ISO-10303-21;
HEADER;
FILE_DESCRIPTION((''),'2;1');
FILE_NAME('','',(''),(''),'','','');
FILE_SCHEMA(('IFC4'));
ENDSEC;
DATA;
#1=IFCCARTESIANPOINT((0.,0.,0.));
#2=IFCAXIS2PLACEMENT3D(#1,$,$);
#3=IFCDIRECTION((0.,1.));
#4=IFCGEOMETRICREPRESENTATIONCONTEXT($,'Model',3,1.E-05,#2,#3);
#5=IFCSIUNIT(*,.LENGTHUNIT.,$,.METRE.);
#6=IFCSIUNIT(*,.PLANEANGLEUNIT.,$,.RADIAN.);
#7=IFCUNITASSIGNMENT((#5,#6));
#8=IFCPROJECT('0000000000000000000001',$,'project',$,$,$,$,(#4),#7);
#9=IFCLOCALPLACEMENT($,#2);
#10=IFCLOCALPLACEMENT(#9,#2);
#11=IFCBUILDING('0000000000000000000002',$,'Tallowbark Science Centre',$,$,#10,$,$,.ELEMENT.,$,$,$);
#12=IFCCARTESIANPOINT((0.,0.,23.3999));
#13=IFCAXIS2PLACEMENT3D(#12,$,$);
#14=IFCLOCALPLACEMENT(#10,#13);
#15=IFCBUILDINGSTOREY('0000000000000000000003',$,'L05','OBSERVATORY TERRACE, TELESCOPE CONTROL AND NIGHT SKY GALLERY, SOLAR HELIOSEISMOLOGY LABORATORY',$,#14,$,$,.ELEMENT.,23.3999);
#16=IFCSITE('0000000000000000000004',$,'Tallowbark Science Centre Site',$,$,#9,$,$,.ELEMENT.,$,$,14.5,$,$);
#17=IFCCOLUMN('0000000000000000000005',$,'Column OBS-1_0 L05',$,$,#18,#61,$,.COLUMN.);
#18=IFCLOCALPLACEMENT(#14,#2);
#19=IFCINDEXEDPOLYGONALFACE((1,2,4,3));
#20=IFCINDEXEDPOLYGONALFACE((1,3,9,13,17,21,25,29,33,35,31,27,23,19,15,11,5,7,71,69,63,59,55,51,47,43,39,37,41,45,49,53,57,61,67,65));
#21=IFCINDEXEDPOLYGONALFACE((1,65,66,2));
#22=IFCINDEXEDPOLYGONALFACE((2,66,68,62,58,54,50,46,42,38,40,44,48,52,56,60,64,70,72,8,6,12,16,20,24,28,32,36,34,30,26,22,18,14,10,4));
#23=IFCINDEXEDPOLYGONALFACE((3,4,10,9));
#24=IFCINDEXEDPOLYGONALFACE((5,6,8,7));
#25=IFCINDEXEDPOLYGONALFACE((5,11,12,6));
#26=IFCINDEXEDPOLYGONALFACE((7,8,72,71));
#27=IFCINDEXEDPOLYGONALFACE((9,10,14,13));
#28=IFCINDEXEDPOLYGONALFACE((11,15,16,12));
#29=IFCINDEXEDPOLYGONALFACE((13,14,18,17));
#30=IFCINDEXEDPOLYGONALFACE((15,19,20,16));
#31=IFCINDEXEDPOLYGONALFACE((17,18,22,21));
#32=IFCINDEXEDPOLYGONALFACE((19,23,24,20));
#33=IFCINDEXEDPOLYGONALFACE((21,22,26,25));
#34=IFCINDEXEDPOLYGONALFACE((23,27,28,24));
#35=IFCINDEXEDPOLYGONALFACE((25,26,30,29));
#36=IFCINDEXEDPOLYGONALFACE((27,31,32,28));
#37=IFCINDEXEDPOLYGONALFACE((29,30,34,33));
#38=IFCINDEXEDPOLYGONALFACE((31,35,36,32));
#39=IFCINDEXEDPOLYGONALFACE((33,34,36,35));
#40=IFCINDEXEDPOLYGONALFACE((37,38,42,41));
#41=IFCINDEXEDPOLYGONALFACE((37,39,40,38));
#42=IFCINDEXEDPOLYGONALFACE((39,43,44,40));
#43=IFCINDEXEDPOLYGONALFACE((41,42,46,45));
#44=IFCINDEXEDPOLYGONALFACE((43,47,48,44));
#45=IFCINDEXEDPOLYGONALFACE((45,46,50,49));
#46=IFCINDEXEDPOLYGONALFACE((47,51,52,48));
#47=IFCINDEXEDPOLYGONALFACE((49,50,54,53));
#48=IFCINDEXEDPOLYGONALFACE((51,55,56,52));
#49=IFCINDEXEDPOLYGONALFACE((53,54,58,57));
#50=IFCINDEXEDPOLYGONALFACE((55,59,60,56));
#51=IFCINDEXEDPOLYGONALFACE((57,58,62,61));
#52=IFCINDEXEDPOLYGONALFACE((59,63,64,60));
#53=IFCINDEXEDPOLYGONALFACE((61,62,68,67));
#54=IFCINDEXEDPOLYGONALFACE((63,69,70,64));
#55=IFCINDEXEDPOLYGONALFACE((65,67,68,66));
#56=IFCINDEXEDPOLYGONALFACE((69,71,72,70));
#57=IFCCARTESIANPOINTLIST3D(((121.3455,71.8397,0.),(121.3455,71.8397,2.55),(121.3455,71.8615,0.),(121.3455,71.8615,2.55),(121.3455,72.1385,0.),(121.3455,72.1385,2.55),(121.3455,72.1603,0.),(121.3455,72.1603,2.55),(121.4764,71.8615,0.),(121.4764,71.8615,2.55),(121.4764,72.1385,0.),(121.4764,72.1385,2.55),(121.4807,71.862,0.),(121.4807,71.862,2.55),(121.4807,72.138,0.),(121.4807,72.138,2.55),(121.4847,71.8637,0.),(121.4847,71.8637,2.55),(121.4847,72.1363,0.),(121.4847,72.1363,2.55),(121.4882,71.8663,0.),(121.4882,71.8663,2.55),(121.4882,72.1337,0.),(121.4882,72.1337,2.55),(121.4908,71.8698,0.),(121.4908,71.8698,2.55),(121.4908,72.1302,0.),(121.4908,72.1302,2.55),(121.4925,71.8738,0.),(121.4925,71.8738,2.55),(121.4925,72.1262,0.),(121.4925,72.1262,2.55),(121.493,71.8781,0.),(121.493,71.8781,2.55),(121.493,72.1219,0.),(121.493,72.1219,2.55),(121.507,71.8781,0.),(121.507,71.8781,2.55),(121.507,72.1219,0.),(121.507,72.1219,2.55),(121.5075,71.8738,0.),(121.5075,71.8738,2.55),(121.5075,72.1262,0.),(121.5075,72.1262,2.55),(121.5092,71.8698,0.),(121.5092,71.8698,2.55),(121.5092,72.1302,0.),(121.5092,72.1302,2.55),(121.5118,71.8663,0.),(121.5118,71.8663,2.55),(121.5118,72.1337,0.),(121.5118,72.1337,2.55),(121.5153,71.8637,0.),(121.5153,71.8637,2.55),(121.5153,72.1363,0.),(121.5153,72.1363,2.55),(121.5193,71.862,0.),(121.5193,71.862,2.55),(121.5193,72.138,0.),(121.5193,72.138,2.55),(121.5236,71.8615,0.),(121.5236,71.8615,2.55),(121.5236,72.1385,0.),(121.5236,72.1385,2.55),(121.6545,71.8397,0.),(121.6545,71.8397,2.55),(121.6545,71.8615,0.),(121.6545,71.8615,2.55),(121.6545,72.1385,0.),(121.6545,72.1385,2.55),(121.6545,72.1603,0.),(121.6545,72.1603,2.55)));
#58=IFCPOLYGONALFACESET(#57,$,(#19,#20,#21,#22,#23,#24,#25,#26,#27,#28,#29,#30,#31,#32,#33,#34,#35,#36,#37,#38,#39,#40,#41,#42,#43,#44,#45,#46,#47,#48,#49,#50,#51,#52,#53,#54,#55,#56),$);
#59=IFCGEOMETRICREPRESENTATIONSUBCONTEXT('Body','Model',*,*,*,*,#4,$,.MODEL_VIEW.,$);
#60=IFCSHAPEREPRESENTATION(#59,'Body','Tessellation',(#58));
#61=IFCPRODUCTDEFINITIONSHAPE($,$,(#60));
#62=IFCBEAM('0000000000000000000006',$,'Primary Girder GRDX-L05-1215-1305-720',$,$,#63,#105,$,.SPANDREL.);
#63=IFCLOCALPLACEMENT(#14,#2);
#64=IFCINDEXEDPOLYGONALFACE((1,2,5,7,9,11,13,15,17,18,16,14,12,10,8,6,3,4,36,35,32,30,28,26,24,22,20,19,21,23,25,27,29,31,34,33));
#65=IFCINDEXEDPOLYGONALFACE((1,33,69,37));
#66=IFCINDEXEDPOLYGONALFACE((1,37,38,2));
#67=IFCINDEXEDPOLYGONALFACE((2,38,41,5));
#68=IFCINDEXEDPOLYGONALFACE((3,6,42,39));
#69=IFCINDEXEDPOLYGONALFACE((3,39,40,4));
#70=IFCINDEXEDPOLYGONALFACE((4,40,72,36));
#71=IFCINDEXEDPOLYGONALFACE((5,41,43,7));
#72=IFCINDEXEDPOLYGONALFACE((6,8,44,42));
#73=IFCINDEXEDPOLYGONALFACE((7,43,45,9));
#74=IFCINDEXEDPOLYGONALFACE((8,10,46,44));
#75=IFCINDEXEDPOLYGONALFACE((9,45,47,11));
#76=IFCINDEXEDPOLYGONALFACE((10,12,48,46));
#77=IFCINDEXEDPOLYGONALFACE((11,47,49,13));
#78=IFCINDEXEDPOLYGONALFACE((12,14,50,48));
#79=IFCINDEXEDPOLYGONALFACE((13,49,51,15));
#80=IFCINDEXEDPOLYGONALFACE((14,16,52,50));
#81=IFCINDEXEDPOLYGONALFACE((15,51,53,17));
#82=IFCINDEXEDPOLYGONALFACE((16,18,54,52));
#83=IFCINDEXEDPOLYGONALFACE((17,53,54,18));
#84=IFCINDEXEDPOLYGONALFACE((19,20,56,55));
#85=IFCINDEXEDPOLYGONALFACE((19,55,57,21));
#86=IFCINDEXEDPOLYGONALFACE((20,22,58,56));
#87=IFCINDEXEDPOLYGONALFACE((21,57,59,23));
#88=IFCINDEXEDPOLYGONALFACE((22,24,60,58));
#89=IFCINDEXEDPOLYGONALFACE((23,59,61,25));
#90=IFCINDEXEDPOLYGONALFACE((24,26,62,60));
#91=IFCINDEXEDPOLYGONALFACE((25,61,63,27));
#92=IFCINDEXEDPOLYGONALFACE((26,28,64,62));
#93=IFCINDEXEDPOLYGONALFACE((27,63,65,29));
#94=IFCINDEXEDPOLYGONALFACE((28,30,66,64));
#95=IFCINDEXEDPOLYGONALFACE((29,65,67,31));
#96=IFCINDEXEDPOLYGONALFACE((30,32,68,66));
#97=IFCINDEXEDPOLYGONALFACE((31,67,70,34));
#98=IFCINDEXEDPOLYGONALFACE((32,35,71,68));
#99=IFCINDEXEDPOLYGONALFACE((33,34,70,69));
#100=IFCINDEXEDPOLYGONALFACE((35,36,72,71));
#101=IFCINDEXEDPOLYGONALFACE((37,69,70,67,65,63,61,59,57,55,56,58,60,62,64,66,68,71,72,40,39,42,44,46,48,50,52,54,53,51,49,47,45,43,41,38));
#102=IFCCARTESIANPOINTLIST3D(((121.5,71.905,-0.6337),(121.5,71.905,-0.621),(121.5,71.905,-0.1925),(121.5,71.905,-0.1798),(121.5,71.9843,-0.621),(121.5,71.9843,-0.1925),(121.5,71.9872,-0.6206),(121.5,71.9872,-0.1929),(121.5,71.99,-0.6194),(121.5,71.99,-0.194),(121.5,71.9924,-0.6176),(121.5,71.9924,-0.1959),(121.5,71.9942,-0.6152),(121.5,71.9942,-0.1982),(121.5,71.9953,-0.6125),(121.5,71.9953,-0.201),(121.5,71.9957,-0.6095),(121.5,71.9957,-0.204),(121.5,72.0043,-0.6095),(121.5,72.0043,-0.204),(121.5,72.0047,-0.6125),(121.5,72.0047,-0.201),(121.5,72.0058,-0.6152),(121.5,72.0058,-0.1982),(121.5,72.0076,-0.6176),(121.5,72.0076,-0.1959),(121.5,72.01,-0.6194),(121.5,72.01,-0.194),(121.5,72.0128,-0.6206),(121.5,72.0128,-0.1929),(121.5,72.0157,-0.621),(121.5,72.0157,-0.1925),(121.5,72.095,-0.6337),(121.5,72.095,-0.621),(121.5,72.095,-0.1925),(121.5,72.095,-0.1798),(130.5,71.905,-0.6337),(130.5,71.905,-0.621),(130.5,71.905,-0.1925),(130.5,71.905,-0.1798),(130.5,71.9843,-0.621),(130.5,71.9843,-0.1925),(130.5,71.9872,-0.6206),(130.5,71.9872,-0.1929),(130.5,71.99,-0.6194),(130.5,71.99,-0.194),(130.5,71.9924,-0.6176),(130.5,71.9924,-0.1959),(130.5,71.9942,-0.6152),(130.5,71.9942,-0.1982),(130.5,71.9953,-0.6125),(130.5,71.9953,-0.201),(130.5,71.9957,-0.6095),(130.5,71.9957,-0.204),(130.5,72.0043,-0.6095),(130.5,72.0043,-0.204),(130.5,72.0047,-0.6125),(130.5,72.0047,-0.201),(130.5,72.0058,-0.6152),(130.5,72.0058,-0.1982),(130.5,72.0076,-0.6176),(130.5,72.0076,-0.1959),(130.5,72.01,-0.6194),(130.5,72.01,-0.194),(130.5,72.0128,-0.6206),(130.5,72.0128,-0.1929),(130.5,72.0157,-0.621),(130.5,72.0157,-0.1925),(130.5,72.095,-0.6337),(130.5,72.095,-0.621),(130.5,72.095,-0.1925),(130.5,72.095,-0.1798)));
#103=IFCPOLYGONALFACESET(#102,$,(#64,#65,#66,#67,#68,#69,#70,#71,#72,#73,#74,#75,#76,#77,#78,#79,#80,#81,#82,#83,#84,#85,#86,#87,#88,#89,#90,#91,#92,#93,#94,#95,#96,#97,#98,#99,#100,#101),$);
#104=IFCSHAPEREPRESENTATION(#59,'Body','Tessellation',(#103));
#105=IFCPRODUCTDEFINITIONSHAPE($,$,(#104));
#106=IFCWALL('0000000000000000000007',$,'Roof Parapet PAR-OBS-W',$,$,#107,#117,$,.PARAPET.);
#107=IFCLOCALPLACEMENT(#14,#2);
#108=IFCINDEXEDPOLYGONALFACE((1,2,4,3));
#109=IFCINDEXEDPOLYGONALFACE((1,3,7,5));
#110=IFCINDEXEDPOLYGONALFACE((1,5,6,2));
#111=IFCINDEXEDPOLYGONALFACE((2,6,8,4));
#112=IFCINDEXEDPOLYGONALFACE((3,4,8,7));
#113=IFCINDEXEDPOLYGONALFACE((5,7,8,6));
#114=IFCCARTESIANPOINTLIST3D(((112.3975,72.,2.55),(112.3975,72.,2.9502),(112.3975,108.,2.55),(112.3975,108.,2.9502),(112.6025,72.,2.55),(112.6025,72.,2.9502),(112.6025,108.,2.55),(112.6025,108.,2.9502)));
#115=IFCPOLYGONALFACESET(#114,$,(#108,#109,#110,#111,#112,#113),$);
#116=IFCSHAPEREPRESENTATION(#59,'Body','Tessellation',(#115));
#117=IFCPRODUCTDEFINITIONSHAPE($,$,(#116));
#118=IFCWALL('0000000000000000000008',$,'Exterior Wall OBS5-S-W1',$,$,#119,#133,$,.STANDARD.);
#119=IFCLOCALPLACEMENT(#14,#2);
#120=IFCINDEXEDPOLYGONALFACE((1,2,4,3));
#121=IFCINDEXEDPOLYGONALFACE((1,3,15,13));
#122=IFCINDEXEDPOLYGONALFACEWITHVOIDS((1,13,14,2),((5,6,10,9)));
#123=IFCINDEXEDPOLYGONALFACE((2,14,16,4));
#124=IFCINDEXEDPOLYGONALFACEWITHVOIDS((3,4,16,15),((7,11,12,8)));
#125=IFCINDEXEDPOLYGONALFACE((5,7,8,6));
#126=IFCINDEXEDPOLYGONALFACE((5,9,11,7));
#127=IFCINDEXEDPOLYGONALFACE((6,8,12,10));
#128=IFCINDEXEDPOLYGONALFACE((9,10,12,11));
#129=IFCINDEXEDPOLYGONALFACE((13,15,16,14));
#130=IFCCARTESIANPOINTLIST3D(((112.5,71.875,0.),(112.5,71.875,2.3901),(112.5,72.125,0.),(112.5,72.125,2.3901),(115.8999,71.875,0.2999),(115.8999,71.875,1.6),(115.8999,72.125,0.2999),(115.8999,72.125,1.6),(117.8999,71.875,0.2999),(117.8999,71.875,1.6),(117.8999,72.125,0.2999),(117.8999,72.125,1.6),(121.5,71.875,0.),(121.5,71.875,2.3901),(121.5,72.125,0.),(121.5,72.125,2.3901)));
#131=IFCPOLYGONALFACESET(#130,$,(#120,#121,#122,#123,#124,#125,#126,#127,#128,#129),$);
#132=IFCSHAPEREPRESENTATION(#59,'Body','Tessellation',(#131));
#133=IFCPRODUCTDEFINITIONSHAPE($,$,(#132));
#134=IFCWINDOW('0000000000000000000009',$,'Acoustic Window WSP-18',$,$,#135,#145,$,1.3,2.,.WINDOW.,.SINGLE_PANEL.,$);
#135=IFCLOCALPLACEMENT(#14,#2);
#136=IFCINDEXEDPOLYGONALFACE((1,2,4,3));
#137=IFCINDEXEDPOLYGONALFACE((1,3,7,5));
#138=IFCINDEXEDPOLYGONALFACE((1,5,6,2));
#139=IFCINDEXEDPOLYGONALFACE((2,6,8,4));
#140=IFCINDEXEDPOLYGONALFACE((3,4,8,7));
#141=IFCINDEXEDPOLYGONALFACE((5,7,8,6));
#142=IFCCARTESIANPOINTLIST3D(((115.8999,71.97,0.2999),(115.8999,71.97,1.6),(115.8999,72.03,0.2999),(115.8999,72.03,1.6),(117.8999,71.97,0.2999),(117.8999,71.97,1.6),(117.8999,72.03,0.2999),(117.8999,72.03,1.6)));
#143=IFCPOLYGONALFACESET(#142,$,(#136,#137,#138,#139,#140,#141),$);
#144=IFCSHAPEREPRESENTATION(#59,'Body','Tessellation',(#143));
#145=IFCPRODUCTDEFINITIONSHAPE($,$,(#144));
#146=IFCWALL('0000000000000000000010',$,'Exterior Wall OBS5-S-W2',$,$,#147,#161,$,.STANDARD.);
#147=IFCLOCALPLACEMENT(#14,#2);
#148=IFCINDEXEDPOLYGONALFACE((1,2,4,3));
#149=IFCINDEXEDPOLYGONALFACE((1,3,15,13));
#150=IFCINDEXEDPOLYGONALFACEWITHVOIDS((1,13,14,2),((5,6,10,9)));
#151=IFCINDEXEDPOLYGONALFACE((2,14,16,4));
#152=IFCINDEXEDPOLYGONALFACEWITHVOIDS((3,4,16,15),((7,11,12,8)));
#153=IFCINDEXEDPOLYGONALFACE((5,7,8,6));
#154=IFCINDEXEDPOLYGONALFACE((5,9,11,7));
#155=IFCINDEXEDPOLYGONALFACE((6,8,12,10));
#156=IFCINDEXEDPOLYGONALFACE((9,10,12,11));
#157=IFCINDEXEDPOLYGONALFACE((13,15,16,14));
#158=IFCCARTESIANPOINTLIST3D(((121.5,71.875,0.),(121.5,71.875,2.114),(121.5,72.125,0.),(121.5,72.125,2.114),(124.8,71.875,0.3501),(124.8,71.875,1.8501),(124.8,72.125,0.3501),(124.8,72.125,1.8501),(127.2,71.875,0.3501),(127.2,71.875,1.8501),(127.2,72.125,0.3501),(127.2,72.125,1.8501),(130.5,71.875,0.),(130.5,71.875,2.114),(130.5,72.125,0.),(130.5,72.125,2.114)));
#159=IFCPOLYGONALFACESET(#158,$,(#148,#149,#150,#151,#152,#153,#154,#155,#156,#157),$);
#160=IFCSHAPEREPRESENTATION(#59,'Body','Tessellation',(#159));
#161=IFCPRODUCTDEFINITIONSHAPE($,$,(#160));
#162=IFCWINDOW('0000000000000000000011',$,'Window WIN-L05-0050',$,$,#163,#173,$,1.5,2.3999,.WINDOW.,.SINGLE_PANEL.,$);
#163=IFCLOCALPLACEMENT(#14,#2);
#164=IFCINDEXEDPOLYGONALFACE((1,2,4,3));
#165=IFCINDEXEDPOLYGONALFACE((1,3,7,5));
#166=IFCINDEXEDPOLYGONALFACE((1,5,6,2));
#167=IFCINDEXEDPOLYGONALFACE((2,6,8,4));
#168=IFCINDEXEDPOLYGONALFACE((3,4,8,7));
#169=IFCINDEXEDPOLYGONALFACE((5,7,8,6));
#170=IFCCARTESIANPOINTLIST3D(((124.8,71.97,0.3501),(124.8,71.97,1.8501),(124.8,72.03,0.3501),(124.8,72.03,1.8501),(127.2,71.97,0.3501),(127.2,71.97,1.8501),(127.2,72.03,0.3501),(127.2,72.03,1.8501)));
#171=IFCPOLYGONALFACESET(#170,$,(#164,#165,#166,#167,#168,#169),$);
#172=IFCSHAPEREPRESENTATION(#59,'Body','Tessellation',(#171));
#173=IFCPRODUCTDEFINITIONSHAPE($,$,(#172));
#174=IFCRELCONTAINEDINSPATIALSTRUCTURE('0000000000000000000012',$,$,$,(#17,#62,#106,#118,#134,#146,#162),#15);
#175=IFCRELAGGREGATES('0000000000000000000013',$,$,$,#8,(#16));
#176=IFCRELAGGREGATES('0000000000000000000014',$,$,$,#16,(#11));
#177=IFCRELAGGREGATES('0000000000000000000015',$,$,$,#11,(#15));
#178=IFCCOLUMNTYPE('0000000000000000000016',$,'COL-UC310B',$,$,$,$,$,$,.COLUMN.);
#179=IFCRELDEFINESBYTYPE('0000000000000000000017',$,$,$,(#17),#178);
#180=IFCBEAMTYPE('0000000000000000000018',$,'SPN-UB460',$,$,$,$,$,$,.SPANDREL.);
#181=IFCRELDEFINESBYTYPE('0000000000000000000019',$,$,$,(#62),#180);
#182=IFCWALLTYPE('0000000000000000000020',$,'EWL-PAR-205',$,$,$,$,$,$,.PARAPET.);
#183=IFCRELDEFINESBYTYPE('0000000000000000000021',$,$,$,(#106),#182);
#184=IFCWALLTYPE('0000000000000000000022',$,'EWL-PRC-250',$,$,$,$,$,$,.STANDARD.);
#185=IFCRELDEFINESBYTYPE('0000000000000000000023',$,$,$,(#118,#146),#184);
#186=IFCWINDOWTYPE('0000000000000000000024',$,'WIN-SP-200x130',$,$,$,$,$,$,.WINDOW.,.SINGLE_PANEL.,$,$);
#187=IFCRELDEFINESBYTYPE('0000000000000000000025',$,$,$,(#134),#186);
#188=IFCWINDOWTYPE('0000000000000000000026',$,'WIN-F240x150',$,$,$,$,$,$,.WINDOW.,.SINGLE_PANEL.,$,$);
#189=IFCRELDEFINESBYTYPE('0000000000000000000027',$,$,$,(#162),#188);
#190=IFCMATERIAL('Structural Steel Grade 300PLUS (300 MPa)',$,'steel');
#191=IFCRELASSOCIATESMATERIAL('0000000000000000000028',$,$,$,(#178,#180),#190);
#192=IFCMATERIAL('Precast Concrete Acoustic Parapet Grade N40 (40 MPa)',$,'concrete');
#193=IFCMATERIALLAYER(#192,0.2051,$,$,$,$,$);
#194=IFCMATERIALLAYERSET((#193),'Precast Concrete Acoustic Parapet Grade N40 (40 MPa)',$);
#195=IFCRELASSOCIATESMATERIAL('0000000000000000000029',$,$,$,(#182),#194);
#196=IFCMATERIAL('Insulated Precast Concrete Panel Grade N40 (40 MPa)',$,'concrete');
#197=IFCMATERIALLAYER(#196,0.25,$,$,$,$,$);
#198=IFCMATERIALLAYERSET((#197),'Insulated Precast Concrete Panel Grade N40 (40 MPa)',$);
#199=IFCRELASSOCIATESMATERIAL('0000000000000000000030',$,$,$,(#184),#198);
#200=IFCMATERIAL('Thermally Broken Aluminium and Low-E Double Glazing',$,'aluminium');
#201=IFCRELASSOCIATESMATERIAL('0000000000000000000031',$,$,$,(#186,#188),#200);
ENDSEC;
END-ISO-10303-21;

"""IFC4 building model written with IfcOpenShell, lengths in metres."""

from ifc_helpers import new_model, si_unit, direction, frame, frame_2d, origin, origin_2d, place, context, subcontext, project, spatial, rectangle, i_section, extrude, material, layer, layer_set, material_profile, profile_set, type_object, element, fill, save


model = new_model("IFC4")

# Units and contexts
model_context = context("Model", 3, precision=1e-05, world=origin(), true_north=direction((0.0, 1.0)))
body_context = subcontext(model_context, "Body", "Model", "MODEL_VIEW")
ifc_project = project(units=[si_unit("LENGTHUNIT", "METRE"), si_unit("PLANEANGLEUNIT", "RADIAN")], contexts=[model_context])

# Site, building, storey
site_placement = place(None, origin())
site = spatial("IfcSite", under=ifc_project, at=site_placement, Name="Tallowbark Science Centre Site", CompositionType="ELEMENT", RefElevation=14.5)
building_placement = place(site_placement, origin())
building = spatial("IfcBuilding", under=site, at=building_placement, Name="Tallowbark Science Centre", CompositionType="ELEMENT")
storey_placement = place(building_placement, frame((0.0, 0.0, 23.3999)))
storey = spatial("IfcBuildingStorey", under=building, at=storey_placement, Name="L05", Description="OBSERVATORY TERRACE, TELESCOPE CONTROL AND NIGHT SKY GALLERY, SOLAR HELIOSEISMOLOGY LABORATORY", CompositionType="ELEMENT", Elevation=23.3999)

# Column
ifc_material_1 = material(Name="Structural Steel Grade 300PLUS (300 MPa)", Category="steel")
ifc_material_profile_1 = material_profile(ifc_material_1, i_section(OverallWidth=0.3091, OverallDepth=0.3206, WebThickness=0.0139, FlangeThickness=0.0217, FilletRadius=0.0166, at=origin_2d()), Name="310UC137")
ifc_profile_set_1 = profile_set([ifc_material_profile_1], Name="Structural Steel Grade 300PLUS (300 MPa)")
column_type = type_object("IfcColumnType", Name="COL-UC310B", PredefinedType="COLUMN", material=ifc_profile_set_1)
column_placement = place(storey_placement, frame((121.5, 72.0, 0.0), z_axis=(0.0, 0.0, 1.0), x_axis=(1.0, 0.0, 0.0)))
element("IfcColumn", 1, at=column_placement, inside=storey, type_object=column_type, Name="Column OBS-1_0 L05", PredefinedType="COLUMN", context=body_context, shape_type="SweptSolid", body=[
    extrude(i_section(OverallWidth=0.3091, OverallDepth=0.3206, WebThickness=0.0139, FlangeThickness=0.0217, FilletRadius=0.0166, at=origin_2d()), origin(), (0.0, 0.0, 1.0), 2.55),
])

# Beam
ifc_material_profile_2 = material_profile(ifc_material_1, i_section(OverallWidth=0.1899, OverallDepth=0.4539, WebThickness=0.0085, FlangeThickness=0.0127, FilletRadius=0.0115, at=origin_2d()), Name="460UB67.1")
ifc_profile_set_2 = profile_set([ifc_material_profile_2], Name="Structural Steel Grade 300PLUS (300 MPa)")
beam_type = type_object("IfcBeamType", Name="SPN-UB460", PredefinedType="SPANDREL", material=ifc_profile_set_2)
beam_placement = place(storey_placement, frame((121.5, 72.0, -0.4067), z_axis=(1.0, 0.0, 0.0), x_axis=(0.0, 1.0, 0.0)))
element("IfcBeam", 2, at=beam_placement, inside=storey, type_object=beam_type, Name="Primary Girder GRDX-L05-1215-1305-720", PredefinedType="SPANDREL", context=body_context, shape_type="SweptSolid", body=[
    extrude(i_section(OverallWidth=0.1899, OverallDepth=0.4539, WebThickness=0.0085, FlangeThickness=0.0127, FilletRadius=0.0115, at=origin_2d()), origin(), (0.0, 0.0, 1.0), 9.0),
])

# Wall
ifc_material_2 = material(Name="Precast Concrete Acoustic Parapet Grade N40 (40 MPa)", Category="concrete")
ifc_layer_1 = layer(ifc_material_2, 0.2051)
ifc_layer_set_1 = layer_set([ifc_layer_1], Name="Precast Concrete Acoustic Parapet Grade N40 (40 MPa)")
wall_type_1 = type_object("IfcWallType", Name="EWL-PAR-205", PredefinedType="PARAPET", material=ifc_layer_set_1)
wall_1_placement = place(storey_placement, frame((112.5, 72.0, 2.55), z_axis=(0.0, 0.0, 1.0), x_axis=(0.0, 1.0, 0.0)))
element("IfcWall", 3, at=wall_1_placement, inside=storey, type_object=wall_type_1, Name="Roof Parapet PAR-OBS-W", PredefinedType="PARAPET", context=body_context, shape_type="SweptSolid", body=[
    extrude(rectangle(XDim=36.0, YDim=0.2051, at=frame_2d((18.0, 0.0))), origin(), (0.0, 0.0, 1.0), 0.4001),
])

# Walls, openings, windows
ifc_material_3 = material(Name="Insulated Precast Concrete Panel Grade N40 (40 MPa)", Category="concrete")
ifc_layer_2 = layer(ifc_material_3, 0.25)
ifc_layer_set_2 = layer_set([ifc_layer_2], Name="Insulated Precast Concrete Panel Grade N40 (40 MPa)")
wall_type_2 = type_object("IfcWallType", Name="EWL-PRC-250", PredefinedType="STANDARD", material=ifc_layer_set_2)
wall_2_placement = place(storey_placement, frame((112.5, 72.0, 0.0), z_axis=(0.0, 0.0, 1.0), x_axis=(1.0, 0.0, 0.0)))
wall_2 = element("IfcWall", 4, at=wall_2_placement, inside=storey, type_object=wall_type_2, Name="Exterior Wall OBS5-S-W1", PredefinedType="STANDARD", context=body_context, shape_type="SweptSolid", body=[
    extrude(rectangle(XDim=9.0, YDim=0.25, at=frame_2d((4.5, 0.0))), origin(), (0.0, 0.0, 1.0), 2.3901),
])
opening_1_placement = place(wall_2_placement, frame((3.3999, 0.0, 0.3)))
opening_1 = element("IfcOpeningElement", 5, at=opening_1_placement, cuts=wall_2, PredefinedType="OPENING", context=body_context, shape_type="SweptSolid", body=[
    extrude(rectangle(XDim=2.0, YDim=1.3, at=frame_2d((1.0, 0.6499))), frame((0.0, 0.135, 0.0), z_axis=(0.0, -1.0, 0.0), x_axis=(1.0, 0.0, 0.0)), (0.0, 0.0, 1.0), 0.27),
])
ifc_material_4 = material(Name="Thermally Broken Aluminium and Low-E Double Glazing", Category="aluminium")
window_type_1 = type_object("IfcWindowType", Name="WIN-SP-200x130", PartitioningType="SINGLE_PANEL", PredefinedType="WINDOW", material=ifc_material_4)
window_1_placement = place(opening_1_placement, origin())
window_1 = element("IfcWindow", 6, at=window_1_placement, inside=storey, type_object=window_type_1, Name="Acoustic Window WSP-18", OverallHeight=1.3, OverallWidth=2.0, PartitioningType="SINGLE_PANEL", PredefinedType="WINDOW", context=body_context, shape_type="SweptSolid", body=[
    extrude(rectangle(XDim=2.0, YDim=1.3, at=frame_2d((1.0, 0.6499))), frame((0.0, 0.03, 0.0), z_axis=(0.0, -1.0, 0.0), x_axis=(1.0, 0.0, 0.0)), (0.0, 0.0, 1.0), 0.0601),
])
fill(opening_1, window_1)
wall_3_placement = place(storey_placement, frame((121.5, 72.0, 0.0), z_axis=(0.0, 0.0, 1.0), x_axis=(1.0, 0.0, 0.0)))
wall_3 = element("IfcWall", 7, at=wall_3_placement, inside=storey, type_object=wall_type_2, Name="Exterior Wall OBS5-S-W2", PredefinedType="STANDARD", context=body_context, shape_type="SweptSolid", body=[
    extrude(rectangle(XDim=9.0, YDim=0.25, at=frame_2d((4.5, 0.0))), origin(), (0.0, 0.0, 1.0), 2.114),
])
opening_2_placement = place(wall_3_placement, frame((3.3, 0.0, 0.3501)))
opening_2 = element("IfcOpeningElement", 8, at=opening_2_placement, cuts=wall_3, PredefinedType="OPENING", context=body_context, shape_type="SweptSolid", body=[
    extrude(rectangle(XDim=2.3999, YDim=1.5, at=frame_2d((1.2, 0.75))), frame((0.0, 0.135, 0.0), z_axis=(0.0, -1.0, 0.0), x_axis=(1.0, 0.0, 0.0)), (0.0, 0.0, 1.0), 0.27),
])
window_type_2 = type_object("IfcWindowType", Name="WIN-F240x150", PartitioningType="SINGLE_PANEL", PredefinedType="WINDOW", material=ifc_material_4)
window_2_placement = place(opening_2_placement, origin())
window_2 = element("IfcWindow", 9, at=window_2_placement, inside=storey, type_object=window_type_2, Name="Window WIN-L05-0050", OverallHeight=1.5, OverallWidth=2.3999, PartitioningType="SINGLE_PANEL", PredefinedType="WINDOW", context=body_context, shape_type="SweptSolid", body=[
    extrude(rectangle(XDim=2.3999, YDim=1.5, at=frame_2d((1.2, 0.75))), frame((0.0, 0.03, 0.0), z_axis=(0.0, -1.0, 0.0), x_axis=(1.0, 0.0, 0.0)), (0.0, 0.0, 1.0), 0.0601),
])
fill(opening_2, window_2)

save(model, "model.ifc")
